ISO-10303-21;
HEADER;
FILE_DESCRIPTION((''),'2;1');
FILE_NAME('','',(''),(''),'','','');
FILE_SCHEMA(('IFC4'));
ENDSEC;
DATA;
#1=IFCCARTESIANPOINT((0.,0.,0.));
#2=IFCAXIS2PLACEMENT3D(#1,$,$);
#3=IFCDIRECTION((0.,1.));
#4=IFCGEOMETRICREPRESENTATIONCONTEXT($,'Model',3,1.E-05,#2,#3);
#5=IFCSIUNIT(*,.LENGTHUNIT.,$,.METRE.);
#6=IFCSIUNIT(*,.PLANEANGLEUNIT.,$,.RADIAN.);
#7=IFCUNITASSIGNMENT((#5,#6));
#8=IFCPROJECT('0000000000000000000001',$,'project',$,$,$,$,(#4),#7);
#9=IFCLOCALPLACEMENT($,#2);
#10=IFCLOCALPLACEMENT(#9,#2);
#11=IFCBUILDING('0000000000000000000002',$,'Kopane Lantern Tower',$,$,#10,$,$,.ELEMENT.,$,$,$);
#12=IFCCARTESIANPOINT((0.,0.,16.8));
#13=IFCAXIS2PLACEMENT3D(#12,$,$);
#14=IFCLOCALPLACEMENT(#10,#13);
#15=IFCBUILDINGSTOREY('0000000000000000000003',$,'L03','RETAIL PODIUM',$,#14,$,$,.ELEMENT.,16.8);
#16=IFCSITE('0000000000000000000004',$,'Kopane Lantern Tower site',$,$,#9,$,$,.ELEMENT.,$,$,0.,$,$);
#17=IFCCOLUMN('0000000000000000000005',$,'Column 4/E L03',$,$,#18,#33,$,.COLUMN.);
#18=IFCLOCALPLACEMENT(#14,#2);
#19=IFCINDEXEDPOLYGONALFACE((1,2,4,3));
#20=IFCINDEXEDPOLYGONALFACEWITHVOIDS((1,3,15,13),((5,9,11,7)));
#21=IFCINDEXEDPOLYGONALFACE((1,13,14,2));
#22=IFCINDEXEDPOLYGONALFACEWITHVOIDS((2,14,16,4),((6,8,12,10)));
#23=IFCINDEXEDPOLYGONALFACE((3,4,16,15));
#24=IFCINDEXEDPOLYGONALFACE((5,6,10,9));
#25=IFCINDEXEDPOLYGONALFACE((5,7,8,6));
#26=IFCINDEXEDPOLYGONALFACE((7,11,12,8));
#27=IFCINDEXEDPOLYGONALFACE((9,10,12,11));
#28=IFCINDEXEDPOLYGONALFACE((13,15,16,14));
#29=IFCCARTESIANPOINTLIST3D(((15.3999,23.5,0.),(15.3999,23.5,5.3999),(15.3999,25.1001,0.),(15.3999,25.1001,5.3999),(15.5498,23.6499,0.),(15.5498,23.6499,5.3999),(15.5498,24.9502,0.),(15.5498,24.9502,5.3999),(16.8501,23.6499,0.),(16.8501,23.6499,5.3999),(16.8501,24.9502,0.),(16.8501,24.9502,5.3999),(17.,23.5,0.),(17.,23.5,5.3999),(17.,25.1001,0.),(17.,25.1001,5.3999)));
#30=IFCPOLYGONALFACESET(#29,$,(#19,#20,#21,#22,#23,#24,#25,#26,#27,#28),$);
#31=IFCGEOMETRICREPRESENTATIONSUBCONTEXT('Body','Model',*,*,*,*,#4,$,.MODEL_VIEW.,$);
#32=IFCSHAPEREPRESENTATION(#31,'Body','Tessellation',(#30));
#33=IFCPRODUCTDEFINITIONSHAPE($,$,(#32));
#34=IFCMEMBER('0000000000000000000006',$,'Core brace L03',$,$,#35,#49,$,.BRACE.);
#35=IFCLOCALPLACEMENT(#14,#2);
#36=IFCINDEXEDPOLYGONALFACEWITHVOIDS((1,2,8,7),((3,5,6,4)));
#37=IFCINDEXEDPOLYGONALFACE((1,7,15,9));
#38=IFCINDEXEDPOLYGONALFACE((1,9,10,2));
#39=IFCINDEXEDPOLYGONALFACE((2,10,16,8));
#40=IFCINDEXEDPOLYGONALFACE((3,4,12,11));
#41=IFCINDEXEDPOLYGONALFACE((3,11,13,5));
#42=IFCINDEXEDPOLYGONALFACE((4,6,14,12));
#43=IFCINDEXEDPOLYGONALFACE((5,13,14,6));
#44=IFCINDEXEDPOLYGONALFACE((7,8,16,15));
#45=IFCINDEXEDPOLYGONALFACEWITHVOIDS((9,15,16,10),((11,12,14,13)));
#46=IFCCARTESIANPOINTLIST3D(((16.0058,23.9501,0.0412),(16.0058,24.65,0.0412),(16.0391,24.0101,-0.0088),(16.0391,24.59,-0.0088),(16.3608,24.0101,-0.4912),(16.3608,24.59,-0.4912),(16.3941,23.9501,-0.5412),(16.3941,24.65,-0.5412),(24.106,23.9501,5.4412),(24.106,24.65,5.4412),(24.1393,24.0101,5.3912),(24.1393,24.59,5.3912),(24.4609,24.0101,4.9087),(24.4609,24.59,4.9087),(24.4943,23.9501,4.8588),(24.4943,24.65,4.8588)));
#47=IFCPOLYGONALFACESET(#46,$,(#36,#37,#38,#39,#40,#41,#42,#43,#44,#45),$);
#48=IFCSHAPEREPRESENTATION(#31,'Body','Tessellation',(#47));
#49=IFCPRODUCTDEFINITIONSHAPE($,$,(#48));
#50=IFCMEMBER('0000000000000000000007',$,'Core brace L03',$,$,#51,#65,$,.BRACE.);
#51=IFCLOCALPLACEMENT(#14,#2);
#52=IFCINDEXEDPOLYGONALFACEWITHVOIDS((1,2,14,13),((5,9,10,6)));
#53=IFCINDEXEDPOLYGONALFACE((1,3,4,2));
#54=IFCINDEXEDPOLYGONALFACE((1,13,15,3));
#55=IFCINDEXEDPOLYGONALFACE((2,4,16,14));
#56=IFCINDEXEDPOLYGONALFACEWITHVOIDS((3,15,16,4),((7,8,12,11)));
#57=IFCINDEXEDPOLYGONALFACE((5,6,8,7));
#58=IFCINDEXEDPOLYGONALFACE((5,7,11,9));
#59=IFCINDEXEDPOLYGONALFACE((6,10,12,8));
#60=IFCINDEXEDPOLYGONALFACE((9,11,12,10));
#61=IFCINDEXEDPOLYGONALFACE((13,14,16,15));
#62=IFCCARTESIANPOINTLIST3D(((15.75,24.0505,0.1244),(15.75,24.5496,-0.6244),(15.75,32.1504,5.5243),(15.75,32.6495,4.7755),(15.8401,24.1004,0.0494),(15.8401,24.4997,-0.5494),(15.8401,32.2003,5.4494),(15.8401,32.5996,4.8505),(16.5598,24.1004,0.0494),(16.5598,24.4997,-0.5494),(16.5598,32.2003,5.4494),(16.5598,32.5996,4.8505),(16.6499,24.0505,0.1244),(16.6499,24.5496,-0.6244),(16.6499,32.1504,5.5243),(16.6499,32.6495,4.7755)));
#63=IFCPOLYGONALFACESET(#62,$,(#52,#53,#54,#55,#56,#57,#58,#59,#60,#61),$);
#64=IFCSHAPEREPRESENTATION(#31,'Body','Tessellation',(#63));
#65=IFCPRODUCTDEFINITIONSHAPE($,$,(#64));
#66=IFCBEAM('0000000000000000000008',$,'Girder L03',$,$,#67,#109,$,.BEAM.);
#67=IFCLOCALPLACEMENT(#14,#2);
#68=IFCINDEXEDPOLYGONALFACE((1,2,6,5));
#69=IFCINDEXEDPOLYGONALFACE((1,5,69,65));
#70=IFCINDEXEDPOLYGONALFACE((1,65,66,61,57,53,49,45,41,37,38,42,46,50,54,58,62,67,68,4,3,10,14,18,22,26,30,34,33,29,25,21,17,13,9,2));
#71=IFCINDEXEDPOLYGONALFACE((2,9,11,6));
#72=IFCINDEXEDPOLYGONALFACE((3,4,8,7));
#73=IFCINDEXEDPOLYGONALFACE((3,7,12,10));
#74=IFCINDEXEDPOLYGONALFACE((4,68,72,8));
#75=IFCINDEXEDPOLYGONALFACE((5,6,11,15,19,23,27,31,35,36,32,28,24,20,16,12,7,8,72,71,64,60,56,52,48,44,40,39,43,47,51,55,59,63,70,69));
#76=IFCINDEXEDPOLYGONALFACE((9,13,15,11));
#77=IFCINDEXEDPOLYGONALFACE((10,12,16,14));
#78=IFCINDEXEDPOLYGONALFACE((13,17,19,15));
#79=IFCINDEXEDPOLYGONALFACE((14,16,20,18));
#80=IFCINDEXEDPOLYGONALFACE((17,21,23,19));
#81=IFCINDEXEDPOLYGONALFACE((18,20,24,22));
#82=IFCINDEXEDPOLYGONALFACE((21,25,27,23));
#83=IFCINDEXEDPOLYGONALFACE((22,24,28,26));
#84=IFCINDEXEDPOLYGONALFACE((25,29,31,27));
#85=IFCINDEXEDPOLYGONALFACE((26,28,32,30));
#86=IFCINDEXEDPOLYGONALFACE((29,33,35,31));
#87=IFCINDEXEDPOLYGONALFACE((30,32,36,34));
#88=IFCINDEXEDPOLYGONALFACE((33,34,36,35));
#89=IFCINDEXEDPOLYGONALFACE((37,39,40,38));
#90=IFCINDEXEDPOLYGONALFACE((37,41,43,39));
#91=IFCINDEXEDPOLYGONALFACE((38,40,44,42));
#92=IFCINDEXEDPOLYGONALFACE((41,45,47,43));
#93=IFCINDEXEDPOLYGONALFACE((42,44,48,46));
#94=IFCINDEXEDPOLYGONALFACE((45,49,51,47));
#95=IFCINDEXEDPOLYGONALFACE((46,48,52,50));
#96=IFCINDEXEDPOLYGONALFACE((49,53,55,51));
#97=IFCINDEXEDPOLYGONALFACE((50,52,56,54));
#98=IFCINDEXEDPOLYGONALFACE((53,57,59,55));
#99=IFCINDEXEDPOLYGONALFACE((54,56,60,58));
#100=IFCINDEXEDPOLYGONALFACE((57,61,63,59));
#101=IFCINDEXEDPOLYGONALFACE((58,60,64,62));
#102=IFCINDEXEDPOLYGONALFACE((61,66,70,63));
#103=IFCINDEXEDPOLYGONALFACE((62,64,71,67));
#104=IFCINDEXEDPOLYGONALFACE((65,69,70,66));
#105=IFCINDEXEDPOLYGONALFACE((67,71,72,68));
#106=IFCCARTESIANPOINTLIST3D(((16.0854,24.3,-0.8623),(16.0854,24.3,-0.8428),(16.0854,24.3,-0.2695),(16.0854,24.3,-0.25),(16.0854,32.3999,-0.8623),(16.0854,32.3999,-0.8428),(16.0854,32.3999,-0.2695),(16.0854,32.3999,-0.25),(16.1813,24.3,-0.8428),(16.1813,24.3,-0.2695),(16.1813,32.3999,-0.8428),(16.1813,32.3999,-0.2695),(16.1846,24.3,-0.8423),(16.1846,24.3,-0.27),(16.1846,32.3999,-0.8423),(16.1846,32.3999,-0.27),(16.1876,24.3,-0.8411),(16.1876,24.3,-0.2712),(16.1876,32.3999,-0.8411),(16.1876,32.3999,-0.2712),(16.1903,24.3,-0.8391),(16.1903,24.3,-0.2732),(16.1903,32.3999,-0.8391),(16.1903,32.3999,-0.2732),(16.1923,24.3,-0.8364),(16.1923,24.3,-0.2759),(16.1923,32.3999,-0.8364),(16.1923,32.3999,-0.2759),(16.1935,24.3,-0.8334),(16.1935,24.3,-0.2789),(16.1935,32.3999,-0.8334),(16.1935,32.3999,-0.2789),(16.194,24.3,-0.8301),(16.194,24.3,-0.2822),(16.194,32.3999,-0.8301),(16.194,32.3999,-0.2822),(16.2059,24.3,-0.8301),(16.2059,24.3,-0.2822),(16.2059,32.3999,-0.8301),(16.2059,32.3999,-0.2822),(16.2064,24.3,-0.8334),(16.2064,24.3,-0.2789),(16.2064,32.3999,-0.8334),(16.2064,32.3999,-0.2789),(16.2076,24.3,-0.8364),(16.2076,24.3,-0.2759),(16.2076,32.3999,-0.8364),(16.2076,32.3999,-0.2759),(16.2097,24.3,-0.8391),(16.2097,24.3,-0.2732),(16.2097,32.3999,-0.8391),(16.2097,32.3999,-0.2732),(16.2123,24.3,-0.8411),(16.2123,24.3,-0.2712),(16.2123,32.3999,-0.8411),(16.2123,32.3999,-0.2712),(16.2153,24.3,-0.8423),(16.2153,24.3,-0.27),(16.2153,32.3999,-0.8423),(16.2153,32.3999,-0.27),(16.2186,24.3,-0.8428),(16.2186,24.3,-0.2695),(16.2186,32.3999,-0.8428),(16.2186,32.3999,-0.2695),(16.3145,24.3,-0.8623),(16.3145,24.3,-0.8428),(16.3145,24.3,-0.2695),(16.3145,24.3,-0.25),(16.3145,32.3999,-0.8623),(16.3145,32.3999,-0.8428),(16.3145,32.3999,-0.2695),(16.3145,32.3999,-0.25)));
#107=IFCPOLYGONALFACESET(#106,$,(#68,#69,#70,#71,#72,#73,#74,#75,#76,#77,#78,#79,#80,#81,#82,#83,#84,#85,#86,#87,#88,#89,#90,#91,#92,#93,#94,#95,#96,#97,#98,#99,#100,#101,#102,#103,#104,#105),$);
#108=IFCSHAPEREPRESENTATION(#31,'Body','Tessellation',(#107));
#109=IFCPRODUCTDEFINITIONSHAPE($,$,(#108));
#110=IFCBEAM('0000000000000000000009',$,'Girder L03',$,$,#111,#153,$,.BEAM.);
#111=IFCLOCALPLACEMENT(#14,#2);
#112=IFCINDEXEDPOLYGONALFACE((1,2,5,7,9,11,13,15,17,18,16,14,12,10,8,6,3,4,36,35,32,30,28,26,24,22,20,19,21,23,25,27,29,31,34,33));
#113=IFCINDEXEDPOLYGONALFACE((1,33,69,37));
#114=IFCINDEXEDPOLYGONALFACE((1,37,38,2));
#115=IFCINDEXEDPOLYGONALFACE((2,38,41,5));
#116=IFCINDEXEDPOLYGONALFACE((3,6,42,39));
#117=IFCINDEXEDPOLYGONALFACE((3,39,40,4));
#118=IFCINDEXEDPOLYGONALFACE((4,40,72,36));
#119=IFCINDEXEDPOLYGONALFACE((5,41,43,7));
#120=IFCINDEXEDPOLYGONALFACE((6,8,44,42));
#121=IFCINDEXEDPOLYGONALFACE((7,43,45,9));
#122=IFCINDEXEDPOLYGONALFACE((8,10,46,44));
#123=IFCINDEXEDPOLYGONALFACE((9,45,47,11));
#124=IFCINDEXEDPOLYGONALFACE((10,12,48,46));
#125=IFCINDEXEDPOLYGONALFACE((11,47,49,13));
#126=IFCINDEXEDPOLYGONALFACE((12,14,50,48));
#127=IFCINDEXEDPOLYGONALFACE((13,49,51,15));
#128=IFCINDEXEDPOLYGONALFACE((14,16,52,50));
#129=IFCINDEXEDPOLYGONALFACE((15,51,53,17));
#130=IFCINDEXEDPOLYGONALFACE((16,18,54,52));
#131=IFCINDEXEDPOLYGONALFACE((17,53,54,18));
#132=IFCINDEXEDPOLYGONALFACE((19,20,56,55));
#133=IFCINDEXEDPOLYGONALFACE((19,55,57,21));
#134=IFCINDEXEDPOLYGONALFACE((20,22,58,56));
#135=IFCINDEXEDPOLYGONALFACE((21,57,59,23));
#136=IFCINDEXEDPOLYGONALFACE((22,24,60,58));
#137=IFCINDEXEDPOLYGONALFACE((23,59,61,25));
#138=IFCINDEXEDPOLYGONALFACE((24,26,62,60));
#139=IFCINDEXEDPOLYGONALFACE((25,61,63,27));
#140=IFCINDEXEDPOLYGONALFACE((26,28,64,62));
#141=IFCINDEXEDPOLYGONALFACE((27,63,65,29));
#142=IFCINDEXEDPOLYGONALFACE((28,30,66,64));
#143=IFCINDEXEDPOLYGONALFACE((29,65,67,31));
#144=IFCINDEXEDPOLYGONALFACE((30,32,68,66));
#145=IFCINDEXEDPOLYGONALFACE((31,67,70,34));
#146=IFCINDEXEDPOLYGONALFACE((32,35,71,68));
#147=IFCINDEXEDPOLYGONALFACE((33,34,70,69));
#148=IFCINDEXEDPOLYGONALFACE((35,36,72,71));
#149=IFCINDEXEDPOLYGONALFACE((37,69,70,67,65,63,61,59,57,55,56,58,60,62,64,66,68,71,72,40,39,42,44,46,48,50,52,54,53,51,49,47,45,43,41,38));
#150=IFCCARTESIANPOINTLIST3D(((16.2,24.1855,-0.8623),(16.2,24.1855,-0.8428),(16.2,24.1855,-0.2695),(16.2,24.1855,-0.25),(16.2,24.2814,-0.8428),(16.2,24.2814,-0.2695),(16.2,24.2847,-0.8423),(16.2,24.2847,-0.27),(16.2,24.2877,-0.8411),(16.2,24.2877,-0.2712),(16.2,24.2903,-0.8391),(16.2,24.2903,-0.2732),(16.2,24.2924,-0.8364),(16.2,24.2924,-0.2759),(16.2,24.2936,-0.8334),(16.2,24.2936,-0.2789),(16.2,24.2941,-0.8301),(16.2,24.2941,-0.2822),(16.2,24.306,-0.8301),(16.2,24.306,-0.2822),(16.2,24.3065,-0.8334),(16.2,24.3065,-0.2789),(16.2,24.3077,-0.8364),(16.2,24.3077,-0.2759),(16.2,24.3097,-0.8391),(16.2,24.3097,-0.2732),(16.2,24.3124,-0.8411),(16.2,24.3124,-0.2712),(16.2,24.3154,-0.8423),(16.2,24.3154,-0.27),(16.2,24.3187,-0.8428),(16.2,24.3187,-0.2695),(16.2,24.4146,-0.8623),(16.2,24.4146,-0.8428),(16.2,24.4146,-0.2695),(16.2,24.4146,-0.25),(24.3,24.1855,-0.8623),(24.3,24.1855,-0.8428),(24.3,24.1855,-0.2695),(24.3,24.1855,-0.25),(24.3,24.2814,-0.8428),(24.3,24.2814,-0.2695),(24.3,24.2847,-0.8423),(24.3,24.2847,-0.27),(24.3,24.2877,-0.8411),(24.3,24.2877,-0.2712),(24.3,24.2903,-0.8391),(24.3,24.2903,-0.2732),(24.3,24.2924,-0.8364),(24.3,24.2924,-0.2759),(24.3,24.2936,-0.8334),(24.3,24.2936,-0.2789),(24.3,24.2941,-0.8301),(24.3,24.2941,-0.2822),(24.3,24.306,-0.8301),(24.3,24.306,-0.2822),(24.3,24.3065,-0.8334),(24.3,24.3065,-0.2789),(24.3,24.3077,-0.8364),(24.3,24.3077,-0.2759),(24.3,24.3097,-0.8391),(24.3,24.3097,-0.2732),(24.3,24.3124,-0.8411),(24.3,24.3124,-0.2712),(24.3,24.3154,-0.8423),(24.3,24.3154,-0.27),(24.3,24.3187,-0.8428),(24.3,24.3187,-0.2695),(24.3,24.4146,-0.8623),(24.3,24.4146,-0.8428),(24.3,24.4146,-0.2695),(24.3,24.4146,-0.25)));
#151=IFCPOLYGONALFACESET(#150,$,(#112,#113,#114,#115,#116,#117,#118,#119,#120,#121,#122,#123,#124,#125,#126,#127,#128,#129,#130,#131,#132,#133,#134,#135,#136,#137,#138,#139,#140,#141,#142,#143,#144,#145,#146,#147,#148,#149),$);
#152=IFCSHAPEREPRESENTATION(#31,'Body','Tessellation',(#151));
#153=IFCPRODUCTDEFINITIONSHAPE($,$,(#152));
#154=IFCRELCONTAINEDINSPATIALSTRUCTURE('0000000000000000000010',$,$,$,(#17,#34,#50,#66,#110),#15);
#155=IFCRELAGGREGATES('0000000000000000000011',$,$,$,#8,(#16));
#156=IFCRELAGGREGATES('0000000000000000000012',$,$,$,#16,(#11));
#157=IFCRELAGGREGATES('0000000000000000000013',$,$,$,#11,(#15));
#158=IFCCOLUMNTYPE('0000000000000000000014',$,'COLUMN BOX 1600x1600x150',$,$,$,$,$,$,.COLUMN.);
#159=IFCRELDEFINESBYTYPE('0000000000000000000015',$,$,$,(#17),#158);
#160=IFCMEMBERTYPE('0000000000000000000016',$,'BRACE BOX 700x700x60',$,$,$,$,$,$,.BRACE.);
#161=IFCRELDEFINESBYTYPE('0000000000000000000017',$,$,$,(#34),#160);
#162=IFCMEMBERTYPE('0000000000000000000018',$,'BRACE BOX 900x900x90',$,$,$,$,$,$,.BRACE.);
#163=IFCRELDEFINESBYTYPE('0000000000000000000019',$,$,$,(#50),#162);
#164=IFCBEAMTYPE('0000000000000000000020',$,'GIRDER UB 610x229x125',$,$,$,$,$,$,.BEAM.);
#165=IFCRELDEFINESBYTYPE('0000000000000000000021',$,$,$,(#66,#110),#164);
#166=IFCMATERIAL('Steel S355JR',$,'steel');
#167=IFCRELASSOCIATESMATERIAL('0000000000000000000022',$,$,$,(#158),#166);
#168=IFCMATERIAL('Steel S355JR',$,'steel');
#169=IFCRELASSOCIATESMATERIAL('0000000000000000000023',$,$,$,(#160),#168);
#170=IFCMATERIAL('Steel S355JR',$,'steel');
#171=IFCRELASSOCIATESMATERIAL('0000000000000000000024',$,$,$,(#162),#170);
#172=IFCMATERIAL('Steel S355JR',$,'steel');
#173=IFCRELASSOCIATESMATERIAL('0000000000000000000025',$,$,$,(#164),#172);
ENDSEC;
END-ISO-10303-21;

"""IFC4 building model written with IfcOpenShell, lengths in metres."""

from ifc_helpers import new_model, si_unit, direction, frame, origin, origin_2d, place, context, subcontext, project, spatial, hollow_rectangle, i_section, extrude, material, material_profile, profile_set, type_object, element, save


model = new_model("IFC4")

# Units and contexts
model_context = context("Model", 3, precision=1e-05, world=origin(), true_north=direction((0.0, 1.0)))
body_context = subcontext(model_context, "Body", "Model", "MODEL_VIEW")
ifc_project = project(units=[si_unit("LENGTHUNIT", "METRE"), si_unit("PLANEANGLEUNIT", "RADIAN")], contexts=[model_context])

# Site, building, storey
site_placement = place(None, origin())
site = spatial("IfcSite", under=ifc_project, at=site_placement, Name="Kopane Lantern Tower site", CompositionType="ELEMENT", RefElevation=0.0)
building_placement = place(site_placement, origin())
building = spatial("IfcBuilding", under=site, at=building_placement, Name="Kopane Lantern Tower", CompositionType="ELEMENT")
storey_placement = place(building_placement, frame((0.0, 0.0, 16.8)))
storey = spatial("IfcBuildingStorey", under=building, at=storey_placement, Name="L03", Description="RETAIL PODIUM", CompositionType="ELEMENT", Elevation=16.8)

# Column
ifc_material_1 = material(Name="Steel S355JR", Category="steel")
ifc_material_profile_1 = material_profile(ifc_material_1, hollow_rectangle(XDim=1.6001, YDim=1.6001, WallThickness=0.1499, at=origin_2d()), Name="BOX 1600x1600x150")
ifc_profile_set_1 = profile_set([ifc_material_profile_1], Name="Steel S355JR")
column_type = type_object("IfcColumnType", Name="COLUMN BOX 1600x1600x150", PredefinedType="COLUMN", material=ifc_profile_set_1)
column_placement = place(storey_placement, frame((16.2, 24.3, 0.0), z_axis=(0.0, 0.0, 1.0), x_axis=(1.0, 0.0, 0.0)))
element("IfcColumn", 1, at=column_placement, inside=storey, type_object=column_type, Name="Column 4/E L03", PredefinedType="COLUMN", context=body_context, shape_type="SweptSolid", body=[
    extrude(hollow_rectangle(XDim=1.6001, YDim=1.6001, WallThickness=0.1499, at=origin_2d()), origin(), (0.0, 0.0, 1.0), 5.3999),
])

# Members
ifc_material_2 = material(Name="Steel S355JR", Category="steel")
ifc_material_profile_2 = material_profile(ifc_material_2, hollow_rectangle(XDim=0.7, YDim=0.7, WallThickness=0.0601, at=origin_2d()), Name="BOX 700x700x60")
ifc_profile_set_2 = profile_set([ifc_material_profile_2], Name="Steel S355JR")
member_type_1 = type_object("IfcMemberType", Name="BRACE BOX 700x700x60", PredefinedType="BRACE", material=ifc_profile_set_2)
member_1_placement = place(storey_placement, frame((16.2, 24.3, -0.25), z_axis=(0.832058, 0.0, 0.554689), x_axis=(0.0, 1.0, 0.0)))
element("IfcMember", 2, at=member_1_placement, inside=storey, type_object=member_type_1, Name="Core brace L03", PredefinedType="BRACE", context=body_context, shape_type="SweptSolid", body=[
    extrude(hollow_rectangle(XDim=0.7, YDim=0.7, WallThickness=0.0601, at=origin_2d()), origin(), (0.0, 0.0, 1.0), 9.7351),
])
ifc_material_3 = material(Name="Steel S355JR", Category="steel")
ifc_material_profile_3 = material_profile(ifc_material_3, hollow_rectangle(XDim=0.8999, YDim=0.8999, WallThickness=0.0901, at=origin_2d()), Name="BOX 900x900x90")
ifc_profile_set_3 = profile_set([ifc_material_profile_3], Name="Steel S355JR")
member_type_2 = type_object("IfcMemberType", Name="BRACE BOX 900x900x90", PredefinedType="BRACE", material=ifc_profile_set_3)
member_2_placement = place(storey_placement, frame((16.2, 24.3, -0.25), z_axis=(0.0, 0.83205, 0.5547), x_axis=(-1.0, 0.0, 0.0)))
element("IfcMember", 3, at=member_2_placement, inside=storey, type_object=member_type_2, Name="Core brace L03", PredefinedType="BRACE", context=body_context, shape_type="SweptSolid", body=[
    extrude(hollow_rectangle(XDim=0.8999, YDim=0.8999, WallThickness=0.0901, at=origin_2d()), origin(), (0.0, 0.0, 1.0), 9.7349),
])

# Beams
ifc_material_4 = material(Name="Steel S355JR", Category="steel")
ifc_material_profile_4 = material_profile(ifc_material_4, i_section(OverallWidth=0.229, OverallDepth=0.6123, WebThickness=0.012, FlangeThickness=0.0195, FilletRadius=0.0127, at=origin_2d()), Name="UB 610x229x125")
ifc_profile_set_4 = profile_set([ifc_material_profile_4], Name="Steel S355JR")
beam_type = type_object("IfcBeamType", Name="GIRDER UB 610x229x125", PredefinedType="BEAM", material=ifc_profile_set_4)
beam_1_placement = place(storey_placement, frame((16.2, 24.3, -0.5562), z_axis=(0.0, 1.0, 0.0), x_axis=(-1.0, 0.0, 0.0)))
element("IfcBeam", 4, at=beam_1_placement, inside=storey, type_object=beam_type, Name="Girder L03", PredefinedType="BEAM", context=body_context, shape_type="SweptSolid", body=[
    extrude(i_section(OverallWidth=0.229, OverallDepth=0.6123, WebThickness=0.012, FlangeThickness=0.0195, FilletRadius=0.0127, at=origin_2d()), origin(), (0.0, 0.0, 1.0), 8.0999),
])
beam_2_placement = place(storey_placement, frame((16.2, 24.3, -0.5562), z_axis=(1.0, 0.0, 0.0), x_axis=(0.0, 1.0, 0.0)))
element("IfcBeam", 5, at=beam_2_placement, inside=storey, type_object=beam_type, Name="Girder L03", PredefinedType="BEAM", context=body_context, shape_type="SweptSolid", body=[
    extrude(i_section(OverallWidth=0.229, OverallDepth=0.6123, WebThickness=0.012, FlangeThickness=0.0195, FilletRadius=0.0127, at=origin_2d()), origin(), (0.0, 0.0, 1.0), 8.1001),
])

save(model, "model.ifc")
